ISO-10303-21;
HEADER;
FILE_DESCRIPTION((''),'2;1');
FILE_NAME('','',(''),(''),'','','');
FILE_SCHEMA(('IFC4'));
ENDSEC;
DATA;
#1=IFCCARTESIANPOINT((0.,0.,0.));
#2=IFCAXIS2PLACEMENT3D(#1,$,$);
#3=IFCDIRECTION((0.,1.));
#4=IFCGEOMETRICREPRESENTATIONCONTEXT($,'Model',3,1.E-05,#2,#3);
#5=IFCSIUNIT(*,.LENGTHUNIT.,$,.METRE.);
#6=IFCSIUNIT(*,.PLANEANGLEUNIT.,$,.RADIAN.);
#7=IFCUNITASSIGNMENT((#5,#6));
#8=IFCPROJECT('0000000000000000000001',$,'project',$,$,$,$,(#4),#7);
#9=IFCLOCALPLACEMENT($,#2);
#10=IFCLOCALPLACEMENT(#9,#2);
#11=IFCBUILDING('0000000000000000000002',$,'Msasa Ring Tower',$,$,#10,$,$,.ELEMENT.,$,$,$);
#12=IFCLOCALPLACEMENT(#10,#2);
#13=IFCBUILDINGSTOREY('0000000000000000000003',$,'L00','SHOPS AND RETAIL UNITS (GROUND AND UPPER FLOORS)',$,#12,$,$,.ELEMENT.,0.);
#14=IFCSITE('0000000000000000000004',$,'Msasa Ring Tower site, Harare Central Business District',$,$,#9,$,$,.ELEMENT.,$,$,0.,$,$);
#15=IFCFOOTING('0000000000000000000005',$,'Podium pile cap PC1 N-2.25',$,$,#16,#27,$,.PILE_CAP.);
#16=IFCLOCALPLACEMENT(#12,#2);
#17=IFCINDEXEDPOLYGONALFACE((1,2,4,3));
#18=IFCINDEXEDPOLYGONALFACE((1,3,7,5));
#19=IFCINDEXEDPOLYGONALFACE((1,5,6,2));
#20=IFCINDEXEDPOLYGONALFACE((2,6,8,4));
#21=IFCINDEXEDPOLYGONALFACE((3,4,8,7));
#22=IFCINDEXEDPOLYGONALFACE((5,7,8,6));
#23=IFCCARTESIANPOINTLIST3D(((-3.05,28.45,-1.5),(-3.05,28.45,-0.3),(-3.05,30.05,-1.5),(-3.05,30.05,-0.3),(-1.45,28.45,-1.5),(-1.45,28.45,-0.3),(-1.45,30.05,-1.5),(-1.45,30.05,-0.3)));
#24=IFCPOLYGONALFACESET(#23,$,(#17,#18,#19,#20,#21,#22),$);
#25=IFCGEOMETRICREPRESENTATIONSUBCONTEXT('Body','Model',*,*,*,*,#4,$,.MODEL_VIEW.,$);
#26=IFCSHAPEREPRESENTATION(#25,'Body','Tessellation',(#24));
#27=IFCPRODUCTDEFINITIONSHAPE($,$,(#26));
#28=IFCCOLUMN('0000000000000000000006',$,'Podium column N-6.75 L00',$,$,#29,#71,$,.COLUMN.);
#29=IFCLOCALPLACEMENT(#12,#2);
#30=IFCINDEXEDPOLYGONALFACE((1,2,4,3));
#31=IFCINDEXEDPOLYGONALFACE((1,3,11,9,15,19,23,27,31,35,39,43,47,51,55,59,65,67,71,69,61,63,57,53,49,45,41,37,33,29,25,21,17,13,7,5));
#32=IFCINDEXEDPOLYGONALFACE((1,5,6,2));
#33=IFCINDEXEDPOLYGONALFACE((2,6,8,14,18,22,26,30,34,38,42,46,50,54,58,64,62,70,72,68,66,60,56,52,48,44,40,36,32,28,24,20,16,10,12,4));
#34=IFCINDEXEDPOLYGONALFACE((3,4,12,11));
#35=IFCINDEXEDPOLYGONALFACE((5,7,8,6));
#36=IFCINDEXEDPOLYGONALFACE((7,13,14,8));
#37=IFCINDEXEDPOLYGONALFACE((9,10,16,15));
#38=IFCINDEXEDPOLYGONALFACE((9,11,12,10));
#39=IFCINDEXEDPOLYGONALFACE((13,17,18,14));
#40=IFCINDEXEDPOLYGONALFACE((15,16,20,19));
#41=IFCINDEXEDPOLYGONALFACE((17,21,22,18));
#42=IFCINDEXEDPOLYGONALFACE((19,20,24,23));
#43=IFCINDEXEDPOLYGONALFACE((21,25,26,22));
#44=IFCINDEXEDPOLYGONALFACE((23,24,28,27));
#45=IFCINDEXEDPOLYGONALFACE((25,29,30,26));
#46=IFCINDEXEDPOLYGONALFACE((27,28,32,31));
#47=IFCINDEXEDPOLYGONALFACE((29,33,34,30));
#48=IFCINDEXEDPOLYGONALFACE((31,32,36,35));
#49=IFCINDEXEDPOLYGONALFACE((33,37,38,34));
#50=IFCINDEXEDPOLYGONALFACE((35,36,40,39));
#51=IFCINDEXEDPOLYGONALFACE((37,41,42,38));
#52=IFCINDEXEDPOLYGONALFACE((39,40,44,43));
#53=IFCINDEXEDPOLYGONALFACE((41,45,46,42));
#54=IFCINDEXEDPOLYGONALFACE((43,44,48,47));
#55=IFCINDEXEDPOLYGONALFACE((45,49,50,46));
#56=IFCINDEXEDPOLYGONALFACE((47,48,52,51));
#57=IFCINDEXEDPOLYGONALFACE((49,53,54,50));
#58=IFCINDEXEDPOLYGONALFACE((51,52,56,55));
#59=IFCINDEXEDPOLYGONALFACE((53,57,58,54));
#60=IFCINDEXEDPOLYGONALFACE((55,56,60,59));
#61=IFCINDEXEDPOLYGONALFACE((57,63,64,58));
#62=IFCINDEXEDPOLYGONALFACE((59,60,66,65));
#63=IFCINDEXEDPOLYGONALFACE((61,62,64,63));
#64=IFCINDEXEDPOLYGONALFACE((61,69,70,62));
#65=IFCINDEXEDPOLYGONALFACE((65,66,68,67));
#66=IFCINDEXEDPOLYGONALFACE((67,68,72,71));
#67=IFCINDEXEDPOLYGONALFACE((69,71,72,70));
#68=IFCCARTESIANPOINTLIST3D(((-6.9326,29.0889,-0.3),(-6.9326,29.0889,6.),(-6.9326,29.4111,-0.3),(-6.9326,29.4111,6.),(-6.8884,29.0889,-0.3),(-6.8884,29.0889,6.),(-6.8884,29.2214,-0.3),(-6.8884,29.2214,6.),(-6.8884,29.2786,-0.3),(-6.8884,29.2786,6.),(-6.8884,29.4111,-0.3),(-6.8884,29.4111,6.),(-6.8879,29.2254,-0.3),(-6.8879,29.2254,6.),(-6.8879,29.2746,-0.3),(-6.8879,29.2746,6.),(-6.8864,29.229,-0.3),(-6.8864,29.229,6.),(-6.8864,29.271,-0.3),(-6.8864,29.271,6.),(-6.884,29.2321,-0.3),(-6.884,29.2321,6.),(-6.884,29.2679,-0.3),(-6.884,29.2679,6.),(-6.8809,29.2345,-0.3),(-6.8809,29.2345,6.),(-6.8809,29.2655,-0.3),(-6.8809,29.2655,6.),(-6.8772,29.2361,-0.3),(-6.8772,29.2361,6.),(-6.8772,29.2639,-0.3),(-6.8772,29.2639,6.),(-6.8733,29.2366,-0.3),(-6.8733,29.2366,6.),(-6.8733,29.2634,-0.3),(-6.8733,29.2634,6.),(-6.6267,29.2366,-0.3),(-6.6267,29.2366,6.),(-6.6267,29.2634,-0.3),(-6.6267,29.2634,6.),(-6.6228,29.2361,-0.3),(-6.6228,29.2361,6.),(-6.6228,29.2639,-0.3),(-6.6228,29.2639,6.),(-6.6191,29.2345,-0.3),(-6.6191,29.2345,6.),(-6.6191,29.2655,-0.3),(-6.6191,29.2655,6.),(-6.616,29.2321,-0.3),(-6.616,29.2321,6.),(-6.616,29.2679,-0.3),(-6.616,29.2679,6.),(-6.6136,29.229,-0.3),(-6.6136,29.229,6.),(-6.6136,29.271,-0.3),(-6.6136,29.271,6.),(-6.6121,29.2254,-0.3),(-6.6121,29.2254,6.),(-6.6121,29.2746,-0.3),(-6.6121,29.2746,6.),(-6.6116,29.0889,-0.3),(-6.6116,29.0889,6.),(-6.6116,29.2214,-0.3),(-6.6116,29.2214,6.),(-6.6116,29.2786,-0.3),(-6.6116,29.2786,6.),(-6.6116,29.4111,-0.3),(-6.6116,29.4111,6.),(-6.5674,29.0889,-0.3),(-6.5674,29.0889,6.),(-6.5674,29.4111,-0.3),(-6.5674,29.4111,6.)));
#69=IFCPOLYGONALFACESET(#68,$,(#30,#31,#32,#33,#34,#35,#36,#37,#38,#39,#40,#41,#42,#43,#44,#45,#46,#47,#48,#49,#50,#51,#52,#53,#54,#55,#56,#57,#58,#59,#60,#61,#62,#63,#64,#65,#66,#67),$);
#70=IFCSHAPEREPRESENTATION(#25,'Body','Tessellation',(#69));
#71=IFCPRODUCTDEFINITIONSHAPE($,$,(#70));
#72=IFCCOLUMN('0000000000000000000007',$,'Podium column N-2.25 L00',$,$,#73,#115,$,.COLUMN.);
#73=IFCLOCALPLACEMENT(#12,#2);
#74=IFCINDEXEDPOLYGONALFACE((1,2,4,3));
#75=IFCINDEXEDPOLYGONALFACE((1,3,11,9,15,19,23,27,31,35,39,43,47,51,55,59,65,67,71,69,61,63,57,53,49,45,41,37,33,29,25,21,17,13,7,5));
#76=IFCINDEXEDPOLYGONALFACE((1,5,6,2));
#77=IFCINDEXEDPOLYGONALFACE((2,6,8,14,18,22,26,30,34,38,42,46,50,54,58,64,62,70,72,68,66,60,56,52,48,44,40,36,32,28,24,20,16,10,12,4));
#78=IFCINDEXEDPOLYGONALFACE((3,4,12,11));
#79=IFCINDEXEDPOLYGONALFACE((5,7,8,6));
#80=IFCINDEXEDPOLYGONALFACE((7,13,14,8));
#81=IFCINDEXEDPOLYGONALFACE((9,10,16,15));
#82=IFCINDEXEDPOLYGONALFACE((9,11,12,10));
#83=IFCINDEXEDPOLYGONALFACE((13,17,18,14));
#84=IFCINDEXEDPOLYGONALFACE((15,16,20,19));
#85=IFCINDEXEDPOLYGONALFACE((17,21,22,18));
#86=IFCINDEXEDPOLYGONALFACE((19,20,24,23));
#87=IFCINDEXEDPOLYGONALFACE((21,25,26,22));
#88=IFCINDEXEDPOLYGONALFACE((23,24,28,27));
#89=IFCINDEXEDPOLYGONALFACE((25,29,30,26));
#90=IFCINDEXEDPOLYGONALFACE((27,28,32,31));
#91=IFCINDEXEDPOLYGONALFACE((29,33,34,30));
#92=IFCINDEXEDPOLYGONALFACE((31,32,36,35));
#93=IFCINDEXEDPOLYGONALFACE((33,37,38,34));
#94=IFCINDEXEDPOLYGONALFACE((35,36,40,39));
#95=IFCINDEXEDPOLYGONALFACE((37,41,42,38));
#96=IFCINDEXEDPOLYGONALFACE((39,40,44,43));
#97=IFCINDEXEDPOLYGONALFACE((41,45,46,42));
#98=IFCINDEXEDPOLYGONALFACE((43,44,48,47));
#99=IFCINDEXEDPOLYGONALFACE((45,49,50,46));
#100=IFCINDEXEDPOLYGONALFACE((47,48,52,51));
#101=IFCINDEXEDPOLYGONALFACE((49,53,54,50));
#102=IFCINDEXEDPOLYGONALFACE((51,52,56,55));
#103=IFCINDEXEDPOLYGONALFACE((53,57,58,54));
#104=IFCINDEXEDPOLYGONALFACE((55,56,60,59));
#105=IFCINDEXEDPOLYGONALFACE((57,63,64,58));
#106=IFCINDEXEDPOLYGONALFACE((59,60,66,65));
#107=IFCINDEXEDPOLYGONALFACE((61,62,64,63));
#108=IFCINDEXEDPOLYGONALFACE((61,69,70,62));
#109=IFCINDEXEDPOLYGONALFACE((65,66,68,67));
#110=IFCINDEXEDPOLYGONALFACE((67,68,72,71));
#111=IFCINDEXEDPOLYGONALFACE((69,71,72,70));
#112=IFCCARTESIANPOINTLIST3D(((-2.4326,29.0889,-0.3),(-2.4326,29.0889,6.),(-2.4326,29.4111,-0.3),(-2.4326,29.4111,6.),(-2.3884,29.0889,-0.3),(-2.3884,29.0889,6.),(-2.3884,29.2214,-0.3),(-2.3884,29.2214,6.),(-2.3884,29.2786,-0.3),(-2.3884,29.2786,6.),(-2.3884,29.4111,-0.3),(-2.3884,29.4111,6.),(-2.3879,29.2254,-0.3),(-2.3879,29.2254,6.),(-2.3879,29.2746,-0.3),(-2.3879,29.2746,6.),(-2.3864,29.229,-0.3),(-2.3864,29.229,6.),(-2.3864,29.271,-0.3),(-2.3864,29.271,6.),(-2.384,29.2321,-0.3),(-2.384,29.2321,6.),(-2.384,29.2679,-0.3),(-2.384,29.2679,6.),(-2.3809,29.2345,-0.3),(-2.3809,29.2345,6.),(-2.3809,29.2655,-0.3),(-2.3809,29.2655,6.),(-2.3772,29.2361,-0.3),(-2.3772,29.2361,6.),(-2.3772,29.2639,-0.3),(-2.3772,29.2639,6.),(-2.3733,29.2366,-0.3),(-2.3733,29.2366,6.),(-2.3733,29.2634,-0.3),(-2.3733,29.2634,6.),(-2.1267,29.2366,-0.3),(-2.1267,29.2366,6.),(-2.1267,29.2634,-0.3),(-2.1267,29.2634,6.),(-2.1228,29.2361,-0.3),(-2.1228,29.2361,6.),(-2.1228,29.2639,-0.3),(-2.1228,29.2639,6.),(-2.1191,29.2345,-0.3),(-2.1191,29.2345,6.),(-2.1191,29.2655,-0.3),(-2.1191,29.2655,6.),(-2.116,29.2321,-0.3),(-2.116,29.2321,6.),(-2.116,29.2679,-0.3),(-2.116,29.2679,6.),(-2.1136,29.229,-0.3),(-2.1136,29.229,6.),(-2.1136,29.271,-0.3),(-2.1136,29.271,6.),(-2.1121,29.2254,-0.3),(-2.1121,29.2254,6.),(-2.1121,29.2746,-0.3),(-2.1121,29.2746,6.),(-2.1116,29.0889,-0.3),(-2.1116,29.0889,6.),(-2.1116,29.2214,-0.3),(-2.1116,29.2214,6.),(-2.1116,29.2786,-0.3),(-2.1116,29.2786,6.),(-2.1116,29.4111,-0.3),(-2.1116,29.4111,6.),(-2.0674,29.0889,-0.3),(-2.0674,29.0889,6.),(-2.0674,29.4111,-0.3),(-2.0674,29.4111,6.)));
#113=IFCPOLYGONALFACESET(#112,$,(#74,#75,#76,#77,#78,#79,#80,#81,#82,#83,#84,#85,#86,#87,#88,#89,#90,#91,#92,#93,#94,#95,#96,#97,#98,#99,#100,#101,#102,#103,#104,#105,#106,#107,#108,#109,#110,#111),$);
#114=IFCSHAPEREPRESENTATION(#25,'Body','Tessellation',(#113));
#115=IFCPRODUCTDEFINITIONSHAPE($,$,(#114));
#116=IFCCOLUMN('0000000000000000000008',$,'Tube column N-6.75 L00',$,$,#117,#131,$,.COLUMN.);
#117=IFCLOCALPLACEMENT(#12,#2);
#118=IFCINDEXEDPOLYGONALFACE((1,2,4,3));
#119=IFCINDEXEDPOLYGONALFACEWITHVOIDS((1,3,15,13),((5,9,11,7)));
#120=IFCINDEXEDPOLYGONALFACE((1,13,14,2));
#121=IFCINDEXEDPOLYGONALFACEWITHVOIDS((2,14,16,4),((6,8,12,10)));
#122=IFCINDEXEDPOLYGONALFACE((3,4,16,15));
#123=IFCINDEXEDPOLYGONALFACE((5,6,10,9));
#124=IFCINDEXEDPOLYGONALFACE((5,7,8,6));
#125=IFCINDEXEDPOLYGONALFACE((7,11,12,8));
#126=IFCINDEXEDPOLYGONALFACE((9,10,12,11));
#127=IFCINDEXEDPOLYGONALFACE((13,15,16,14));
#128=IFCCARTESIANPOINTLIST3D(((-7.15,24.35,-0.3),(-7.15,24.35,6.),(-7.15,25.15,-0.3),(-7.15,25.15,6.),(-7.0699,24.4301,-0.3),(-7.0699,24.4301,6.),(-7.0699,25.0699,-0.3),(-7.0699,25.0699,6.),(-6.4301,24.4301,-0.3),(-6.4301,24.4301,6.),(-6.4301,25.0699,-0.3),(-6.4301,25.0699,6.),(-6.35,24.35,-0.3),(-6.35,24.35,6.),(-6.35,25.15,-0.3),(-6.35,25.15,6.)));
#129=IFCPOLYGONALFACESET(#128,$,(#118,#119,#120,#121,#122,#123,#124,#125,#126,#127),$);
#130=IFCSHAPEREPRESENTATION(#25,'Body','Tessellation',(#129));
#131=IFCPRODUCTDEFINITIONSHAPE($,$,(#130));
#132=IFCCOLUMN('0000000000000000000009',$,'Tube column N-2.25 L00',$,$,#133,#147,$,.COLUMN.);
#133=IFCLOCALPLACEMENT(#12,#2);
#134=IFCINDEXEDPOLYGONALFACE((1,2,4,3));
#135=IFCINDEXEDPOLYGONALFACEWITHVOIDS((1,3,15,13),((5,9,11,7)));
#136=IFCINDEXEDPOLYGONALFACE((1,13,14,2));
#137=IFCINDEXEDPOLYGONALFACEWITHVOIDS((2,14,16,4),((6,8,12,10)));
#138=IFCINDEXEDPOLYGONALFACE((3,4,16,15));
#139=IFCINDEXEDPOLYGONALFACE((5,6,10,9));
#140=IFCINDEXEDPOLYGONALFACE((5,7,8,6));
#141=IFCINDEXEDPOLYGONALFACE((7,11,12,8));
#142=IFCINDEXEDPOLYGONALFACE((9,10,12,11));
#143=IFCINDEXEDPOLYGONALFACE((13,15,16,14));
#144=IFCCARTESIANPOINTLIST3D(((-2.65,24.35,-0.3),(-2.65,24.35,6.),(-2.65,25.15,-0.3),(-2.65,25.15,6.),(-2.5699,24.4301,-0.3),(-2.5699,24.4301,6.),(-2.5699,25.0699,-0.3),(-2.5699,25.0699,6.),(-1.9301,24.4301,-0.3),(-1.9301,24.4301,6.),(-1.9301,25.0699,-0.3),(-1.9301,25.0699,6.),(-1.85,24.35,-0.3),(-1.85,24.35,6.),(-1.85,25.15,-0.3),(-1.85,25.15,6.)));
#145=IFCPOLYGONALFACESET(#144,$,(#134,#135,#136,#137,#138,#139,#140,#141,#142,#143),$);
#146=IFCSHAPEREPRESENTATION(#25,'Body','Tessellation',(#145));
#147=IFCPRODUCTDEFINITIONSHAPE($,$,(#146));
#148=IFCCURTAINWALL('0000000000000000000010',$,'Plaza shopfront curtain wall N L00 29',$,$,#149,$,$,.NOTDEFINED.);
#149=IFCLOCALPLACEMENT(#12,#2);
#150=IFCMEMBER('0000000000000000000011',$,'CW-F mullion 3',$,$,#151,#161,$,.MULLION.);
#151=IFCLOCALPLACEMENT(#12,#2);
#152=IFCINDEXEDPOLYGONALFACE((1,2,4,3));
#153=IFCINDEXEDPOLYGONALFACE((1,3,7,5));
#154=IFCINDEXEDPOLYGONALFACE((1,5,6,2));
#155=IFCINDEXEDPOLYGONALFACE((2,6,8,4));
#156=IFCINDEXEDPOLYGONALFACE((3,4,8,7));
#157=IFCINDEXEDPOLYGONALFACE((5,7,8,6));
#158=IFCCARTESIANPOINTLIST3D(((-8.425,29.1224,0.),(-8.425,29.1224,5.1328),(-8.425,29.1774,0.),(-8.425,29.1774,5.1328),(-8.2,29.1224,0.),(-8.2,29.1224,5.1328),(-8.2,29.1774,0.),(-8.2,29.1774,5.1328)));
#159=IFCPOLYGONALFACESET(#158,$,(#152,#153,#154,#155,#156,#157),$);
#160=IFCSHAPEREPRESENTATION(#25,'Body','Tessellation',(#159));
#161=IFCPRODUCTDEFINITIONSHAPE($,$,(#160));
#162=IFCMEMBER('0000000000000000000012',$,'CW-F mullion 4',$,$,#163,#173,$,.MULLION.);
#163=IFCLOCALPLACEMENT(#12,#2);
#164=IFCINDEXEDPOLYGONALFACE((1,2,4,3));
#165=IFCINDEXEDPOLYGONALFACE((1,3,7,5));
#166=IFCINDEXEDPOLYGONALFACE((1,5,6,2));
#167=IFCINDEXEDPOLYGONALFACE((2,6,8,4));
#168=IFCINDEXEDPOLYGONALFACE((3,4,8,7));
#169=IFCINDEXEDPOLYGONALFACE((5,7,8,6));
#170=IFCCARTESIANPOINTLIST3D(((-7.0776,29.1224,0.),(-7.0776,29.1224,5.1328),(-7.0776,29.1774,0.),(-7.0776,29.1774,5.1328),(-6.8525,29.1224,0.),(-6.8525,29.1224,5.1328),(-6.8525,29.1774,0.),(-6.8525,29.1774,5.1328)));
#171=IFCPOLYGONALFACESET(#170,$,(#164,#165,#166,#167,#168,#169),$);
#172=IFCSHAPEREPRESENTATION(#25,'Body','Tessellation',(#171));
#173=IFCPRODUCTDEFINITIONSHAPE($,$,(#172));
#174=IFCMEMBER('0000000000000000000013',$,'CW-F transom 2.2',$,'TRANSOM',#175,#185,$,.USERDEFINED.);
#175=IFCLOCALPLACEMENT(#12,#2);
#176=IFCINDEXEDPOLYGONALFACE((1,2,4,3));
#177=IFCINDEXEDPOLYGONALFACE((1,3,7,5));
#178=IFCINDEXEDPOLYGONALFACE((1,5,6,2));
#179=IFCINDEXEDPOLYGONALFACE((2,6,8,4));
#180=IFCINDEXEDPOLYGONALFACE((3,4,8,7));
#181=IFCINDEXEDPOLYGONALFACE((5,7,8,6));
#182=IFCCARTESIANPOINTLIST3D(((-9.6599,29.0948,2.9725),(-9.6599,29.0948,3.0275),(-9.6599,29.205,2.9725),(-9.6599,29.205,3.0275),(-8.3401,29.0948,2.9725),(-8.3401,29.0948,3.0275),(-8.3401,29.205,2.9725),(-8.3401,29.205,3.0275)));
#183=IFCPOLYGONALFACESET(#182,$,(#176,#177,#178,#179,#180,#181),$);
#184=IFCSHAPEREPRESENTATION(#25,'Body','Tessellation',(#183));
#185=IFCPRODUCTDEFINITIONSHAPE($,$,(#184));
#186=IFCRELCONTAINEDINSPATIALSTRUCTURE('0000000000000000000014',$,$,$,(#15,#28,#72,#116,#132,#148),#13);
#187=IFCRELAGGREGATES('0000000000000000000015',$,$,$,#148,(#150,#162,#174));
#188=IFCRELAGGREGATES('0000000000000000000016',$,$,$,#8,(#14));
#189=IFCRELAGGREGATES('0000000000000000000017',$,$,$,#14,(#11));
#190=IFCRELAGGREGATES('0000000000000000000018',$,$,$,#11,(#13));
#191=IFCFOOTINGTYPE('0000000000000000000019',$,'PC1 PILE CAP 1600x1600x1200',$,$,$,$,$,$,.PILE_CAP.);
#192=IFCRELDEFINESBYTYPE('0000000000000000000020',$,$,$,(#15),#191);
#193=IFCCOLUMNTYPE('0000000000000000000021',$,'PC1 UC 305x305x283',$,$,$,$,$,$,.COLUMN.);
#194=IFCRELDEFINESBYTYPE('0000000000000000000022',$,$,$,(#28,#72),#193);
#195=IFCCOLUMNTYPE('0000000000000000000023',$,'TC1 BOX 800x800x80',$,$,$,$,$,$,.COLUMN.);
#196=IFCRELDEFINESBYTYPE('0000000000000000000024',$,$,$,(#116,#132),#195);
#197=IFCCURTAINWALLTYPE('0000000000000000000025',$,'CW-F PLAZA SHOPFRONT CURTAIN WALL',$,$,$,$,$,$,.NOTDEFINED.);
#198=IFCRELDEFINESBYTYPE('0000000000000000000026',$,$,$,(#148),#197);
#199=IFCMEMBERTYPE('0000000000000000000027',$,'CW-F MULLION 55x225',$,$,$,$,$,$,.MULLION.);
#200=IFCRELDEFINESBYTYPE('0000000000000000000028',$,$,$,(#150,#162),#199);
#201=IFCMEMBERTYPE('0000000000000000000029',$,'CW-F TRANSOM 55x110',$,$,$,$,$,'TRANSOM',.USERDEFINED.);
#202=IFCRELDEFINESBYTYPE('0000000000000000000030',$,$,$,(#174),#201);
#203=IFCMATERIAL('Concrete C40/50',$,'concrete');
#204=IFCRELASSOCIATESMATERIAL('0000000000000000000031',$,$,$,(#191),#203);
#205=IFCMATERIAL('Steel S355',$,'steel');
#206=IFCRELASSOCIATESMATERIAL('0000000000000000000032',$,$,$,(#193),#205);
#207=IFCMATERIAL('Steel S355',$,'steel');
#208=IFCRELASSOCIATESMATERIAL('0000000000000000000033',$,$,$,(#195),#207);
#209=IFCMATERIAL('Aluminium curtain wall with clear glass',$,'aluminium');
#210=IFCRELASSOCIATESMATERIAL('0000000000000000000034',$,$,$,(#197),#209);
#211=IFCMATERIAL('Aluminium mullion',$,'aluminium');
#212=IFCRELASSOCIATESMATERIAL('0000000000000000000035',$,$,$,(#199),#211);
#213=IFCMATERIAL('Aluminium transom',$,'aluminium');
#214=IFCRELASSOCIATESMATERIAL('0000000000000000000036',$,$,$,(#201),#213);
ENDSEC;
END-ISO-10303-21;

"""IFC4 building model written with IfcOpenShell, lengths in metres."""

from ifc_helpers import new_model, si_unit, direction, frame, origin, origin_2d, place, context, subcontext, project, spatial, rectangle, hollow_rectangle, i_section, extrude, material, material_profile, profile_set, type_object, element, aggregate, save


model = new_model("IFC4")

# Units and contexts
model_context = context("Model", 3, precision=1e-05, world=origin(), true_north=direction((0.0, 1.0)))
body_context = subcontext(model_context, "Body", "Model", "MODEL_VIEW")
ifc_project = project(units=[si_unit("LENGTHUNIT", "METRE"), si_unit("PLANEANGLEUNIT", "RADIAN")], contexts=[model_context])

# Site, building, storey
site_placement = place(None, origin())
site = spatial("IfcSite", under=ifc_project, at=site_placement, Name="Msasa Ring Tower site, Harare Central Business District", CompositionType="ELEMENT", RefElevation=0.0)
building_placement = place(site_placement, origin())
building = spatial("IfcBuilding", under=site, at=building_placement, Name="Msasa Ring Tower", CompositionType="ELEMENT")
storey_placement = place(building_placement, origin())
storey = spatial("IfcBuildingStorey", under=building, at=storey_placement, Name="L00", Description="SHOPS AND RETAIL UNITS (GROUND AND UPPER FLOORS)", CompositionType="ELEMENT", Elevation=0.0)

# Footing
ifc_material_1 = material(Name="Concrete C40/50", Category="concrete")
footing_type = type_object("IfcFootingType", Name="PC1 PILE CAP 1600x1600x1200", PredefinedType="PILE_CAP", material=ifc_material_1)
for number, where, z_axis, x_axis, name in (
    (1, (-2.25, 29.25, -1.5), (0.0, 0.0, 1.0), (1.0, 0.0, 0.0), "Podium pile cap PC1 N-2.25"),
):
    element("IfcFooting", number, at=place(storey_placement, frame(where, z_axis=z_axis, x_axis=x_axis)), inside=storey, type_object=footing_type, Name=name, PredefinedType="PILE_CAP", context=body_context, shape_type="SweptSolid", body=[
        extrude(rectangle(XDim=1.6001, YDim=1.6001, at=origin_2d()), origin(), (0.0, 0.0, 1.0), 1.2),
    ])

# Columns
ifc_material_2 = material(Name="Steel S355", Category="steel")
ifc_material_profile_1 = material_profile(ifc_material_2, i_section(OverallWidth=0.3223, OverallDepth=0.3652, WebThickness=0.0269, FlangeThickness=0.0442, FilletRadius=0.0151, at=origin_2d()), Name="UC 305x305x283")
ifc_profile_set_1 = profile_set([ifc_material_profile_1], Name="Steel S355")
column_type_1 = type_object("IfcColumnType", Name="PC1 UC 305x305x283", PredefinedType="COLUMN", material=ifc_profile_set_1)
for number, where, z_axis, x_axis, name in (
    (2, (-6.75, 29.25, -0.3), (0.0, 0.0, 1.0), (0.0, 1.0, 0.0), "Podium column N-6.75 L00"),
    (3, (-2.25, 29.25, -0.3), (0.0, 0.0, 1.0), (0.0, 1.0, 0.0), "Podium column N-2.25 L00"),
):
    element("IfcColumn", number, at=place(storey_placement, frame(where, z_axis=z_axis, x_axis=x_axis)), inside=storey, type_object=column_type_1, Name=name, PredefinedType="COLUMN", context=body_context, shape_type="SweptSolid", body=[
        extrude(i_section(OverallWidth=0.3223, OverallDepth=0.3652, WebThickness=0.0269, FlangeThickness=0.0442, FilletRadius=0.0151, at=origin_2d()), origin(), (0.0, 0.0, 1.0), 6.3),
    ])
ifc_material_3 = material(Name="Steel S355", Category="steel")
ifc_material_profile_2 = material_profile(ifc_material_3, hollow_rectangle(XDim=0.8, YDim=0.8, WallThickness=0.0801, at=origin_2d()), Name="BOX 800x800x80")
ifc_profile_set_2 = profile_set([ifc_material_profile_2], Name="Steel S355")
column_type_2 = type_object("IfcColumnType", Name="TC1 BOX 800x800x80", PredefinedType="COLUMN", material=ifc_profile_set_2)
for number, where, z_axis, x_axis, name in (
    (4, (-6.75, 24.75, -0.3), (0.0, 0.0, 1.0), (0.0, 1.0, 0.0), "Tube column N-6.75 L00"),
    (5, (-2.25, 24.75, -0.3), (0.0, 0.0, 1.0), (0.0, 1.0, 0.0), "Tube column N-2.25 L00"),
):
    element("IfcColumn", number, at=place(storey_placement, frame(where, z_axis=z_axis, x_axis=x_axis)), inside=storey, type_object=column_type_2, Name=name, PredefinedType="COLUMN", context=body_context, shape_type="SweptSolid", body=[
        extrude(hollow_rectangle(XDim=0.8, YDim=0.8, WallThickness=0.0801, at=origin_2d()), origin(), (0.0, 0.0, 1.0), 6.3),
    ])

# Curtain wall, members
ifc_material_4 = material(Name="Aluminium curtain wall with clear glass", Category="aluminium")
curtain_wall_type = type_object("IfcCurtainWallType", Name="CW-F PLAZA SHOPFRONT CURTAIN WALL", PredefinedType="NOTDEFINED", material=ifc_material_4)
curtain_wall_placement = place(storey_placement, origin())
curtain_wall = element("IfcCurtainWall", 6, at=curtain_wall_placement, inside=storey, type_object=curtain_wall_type, Name="Plaza shopfront curtain wall N L00 29", PredefinedType="NOTDEFINED")
ifc_material_5 = material(Name="Aluminium mullion", Category="aluminium")
ifc_material_profile_3 = material_profile(ifc_material_5, rectangle(XDim=0.0549, YDim=0.2251, at=origin_2d()), Name="AL 55x225")
ifc_profile_set_3 = profile_set([ifc_material_profile_3], Name="Aluminium mullion")
member_type_1 = type_object("IfcMemberType", Name="CW-F MULLION 55x225", PredefinedType="MULLION", material=ifc_profile_set_3)
member_1_placement = place(storey_placement, frame((-8.3125, 29.1499, 0.0), z_axis=(0.0, 0.0, 1.0), x_axis=(0.0, 1.0, 0.0)))
member_1 = element("IfcMember", 7, at=member_1_placement, type_object=member_type_1, Name="CW-F mullion 3", PredefinedType="MULLION", context=body_context, shape_type="SweptSolid", body=[
    extrude(rectangle(XDim=0.0549, YDim=0.2251, at=origin_2d()), origin(), (0.0, 0.0, 1.0), 5.1328),
])
member_2_placement = place(storey_placement, frame((-6.9651, 29.1499, 0.0), z_axis=(0.0, 0.0, 1.0), x_axis=(0.0, 1.0, 0.0)))
member_2 = element("IfcMember", 8, at=member_2_placement, type_object=member_type_1, Name="CW-F mullion 4", PredefinedType="MULLION", context=body_context, shape_type="SweptSolid", body=[
    extrude(rectangle(XDim=0.0549, YDim=0.2251, at=origin_2d()), origin(), (0.0, 0.0, 1.0), 5.1328),
])
ifc_material_6 = material(Name="Aluminium transom", Category="aluminium")
ifc_material_profile_4 = material_profile(ifc_material_6, rectangle(XDim=0.1101, YDim=0.0549, at=origin_2d()), Name="AL 55x110")
ifc_profile_set_4 = profile_set([ifc_material_profile_4], Name="Aluminium transom")
member_type_2 = type_object("IfcMemberType", Name="CW-F TRANSOM 55x110", ElementType="TRANSOM", PredefinedType="USERDEFINED", material=ifc_profile_set_4)
member_3_placement = place(storey_placement, frame((-9.6599, 29.1499, 3.0), z_axis=(1.0, 0.0, 0.0), x_axis=(0.0, 1.0, 0.0)))
member_3 = element("IfcMember", 9, at=member_3_placement, type_object=member_type_2, Name="CW-F transom 2.2", ObjectType="TRANSOM", PredefinedType="USERDEFINED", context=body_context, shape_type="SweptSolid", body=[
    extrude(rectangle(XDim=0.1101, YDim=0.0549, at=origin_2d()), origin(), (0.0, 0.0, 1.0), 1.3198),
])

aggregate(curtain_wall, [member_1, member_2, member_3])

save(model, "model.ifc")
